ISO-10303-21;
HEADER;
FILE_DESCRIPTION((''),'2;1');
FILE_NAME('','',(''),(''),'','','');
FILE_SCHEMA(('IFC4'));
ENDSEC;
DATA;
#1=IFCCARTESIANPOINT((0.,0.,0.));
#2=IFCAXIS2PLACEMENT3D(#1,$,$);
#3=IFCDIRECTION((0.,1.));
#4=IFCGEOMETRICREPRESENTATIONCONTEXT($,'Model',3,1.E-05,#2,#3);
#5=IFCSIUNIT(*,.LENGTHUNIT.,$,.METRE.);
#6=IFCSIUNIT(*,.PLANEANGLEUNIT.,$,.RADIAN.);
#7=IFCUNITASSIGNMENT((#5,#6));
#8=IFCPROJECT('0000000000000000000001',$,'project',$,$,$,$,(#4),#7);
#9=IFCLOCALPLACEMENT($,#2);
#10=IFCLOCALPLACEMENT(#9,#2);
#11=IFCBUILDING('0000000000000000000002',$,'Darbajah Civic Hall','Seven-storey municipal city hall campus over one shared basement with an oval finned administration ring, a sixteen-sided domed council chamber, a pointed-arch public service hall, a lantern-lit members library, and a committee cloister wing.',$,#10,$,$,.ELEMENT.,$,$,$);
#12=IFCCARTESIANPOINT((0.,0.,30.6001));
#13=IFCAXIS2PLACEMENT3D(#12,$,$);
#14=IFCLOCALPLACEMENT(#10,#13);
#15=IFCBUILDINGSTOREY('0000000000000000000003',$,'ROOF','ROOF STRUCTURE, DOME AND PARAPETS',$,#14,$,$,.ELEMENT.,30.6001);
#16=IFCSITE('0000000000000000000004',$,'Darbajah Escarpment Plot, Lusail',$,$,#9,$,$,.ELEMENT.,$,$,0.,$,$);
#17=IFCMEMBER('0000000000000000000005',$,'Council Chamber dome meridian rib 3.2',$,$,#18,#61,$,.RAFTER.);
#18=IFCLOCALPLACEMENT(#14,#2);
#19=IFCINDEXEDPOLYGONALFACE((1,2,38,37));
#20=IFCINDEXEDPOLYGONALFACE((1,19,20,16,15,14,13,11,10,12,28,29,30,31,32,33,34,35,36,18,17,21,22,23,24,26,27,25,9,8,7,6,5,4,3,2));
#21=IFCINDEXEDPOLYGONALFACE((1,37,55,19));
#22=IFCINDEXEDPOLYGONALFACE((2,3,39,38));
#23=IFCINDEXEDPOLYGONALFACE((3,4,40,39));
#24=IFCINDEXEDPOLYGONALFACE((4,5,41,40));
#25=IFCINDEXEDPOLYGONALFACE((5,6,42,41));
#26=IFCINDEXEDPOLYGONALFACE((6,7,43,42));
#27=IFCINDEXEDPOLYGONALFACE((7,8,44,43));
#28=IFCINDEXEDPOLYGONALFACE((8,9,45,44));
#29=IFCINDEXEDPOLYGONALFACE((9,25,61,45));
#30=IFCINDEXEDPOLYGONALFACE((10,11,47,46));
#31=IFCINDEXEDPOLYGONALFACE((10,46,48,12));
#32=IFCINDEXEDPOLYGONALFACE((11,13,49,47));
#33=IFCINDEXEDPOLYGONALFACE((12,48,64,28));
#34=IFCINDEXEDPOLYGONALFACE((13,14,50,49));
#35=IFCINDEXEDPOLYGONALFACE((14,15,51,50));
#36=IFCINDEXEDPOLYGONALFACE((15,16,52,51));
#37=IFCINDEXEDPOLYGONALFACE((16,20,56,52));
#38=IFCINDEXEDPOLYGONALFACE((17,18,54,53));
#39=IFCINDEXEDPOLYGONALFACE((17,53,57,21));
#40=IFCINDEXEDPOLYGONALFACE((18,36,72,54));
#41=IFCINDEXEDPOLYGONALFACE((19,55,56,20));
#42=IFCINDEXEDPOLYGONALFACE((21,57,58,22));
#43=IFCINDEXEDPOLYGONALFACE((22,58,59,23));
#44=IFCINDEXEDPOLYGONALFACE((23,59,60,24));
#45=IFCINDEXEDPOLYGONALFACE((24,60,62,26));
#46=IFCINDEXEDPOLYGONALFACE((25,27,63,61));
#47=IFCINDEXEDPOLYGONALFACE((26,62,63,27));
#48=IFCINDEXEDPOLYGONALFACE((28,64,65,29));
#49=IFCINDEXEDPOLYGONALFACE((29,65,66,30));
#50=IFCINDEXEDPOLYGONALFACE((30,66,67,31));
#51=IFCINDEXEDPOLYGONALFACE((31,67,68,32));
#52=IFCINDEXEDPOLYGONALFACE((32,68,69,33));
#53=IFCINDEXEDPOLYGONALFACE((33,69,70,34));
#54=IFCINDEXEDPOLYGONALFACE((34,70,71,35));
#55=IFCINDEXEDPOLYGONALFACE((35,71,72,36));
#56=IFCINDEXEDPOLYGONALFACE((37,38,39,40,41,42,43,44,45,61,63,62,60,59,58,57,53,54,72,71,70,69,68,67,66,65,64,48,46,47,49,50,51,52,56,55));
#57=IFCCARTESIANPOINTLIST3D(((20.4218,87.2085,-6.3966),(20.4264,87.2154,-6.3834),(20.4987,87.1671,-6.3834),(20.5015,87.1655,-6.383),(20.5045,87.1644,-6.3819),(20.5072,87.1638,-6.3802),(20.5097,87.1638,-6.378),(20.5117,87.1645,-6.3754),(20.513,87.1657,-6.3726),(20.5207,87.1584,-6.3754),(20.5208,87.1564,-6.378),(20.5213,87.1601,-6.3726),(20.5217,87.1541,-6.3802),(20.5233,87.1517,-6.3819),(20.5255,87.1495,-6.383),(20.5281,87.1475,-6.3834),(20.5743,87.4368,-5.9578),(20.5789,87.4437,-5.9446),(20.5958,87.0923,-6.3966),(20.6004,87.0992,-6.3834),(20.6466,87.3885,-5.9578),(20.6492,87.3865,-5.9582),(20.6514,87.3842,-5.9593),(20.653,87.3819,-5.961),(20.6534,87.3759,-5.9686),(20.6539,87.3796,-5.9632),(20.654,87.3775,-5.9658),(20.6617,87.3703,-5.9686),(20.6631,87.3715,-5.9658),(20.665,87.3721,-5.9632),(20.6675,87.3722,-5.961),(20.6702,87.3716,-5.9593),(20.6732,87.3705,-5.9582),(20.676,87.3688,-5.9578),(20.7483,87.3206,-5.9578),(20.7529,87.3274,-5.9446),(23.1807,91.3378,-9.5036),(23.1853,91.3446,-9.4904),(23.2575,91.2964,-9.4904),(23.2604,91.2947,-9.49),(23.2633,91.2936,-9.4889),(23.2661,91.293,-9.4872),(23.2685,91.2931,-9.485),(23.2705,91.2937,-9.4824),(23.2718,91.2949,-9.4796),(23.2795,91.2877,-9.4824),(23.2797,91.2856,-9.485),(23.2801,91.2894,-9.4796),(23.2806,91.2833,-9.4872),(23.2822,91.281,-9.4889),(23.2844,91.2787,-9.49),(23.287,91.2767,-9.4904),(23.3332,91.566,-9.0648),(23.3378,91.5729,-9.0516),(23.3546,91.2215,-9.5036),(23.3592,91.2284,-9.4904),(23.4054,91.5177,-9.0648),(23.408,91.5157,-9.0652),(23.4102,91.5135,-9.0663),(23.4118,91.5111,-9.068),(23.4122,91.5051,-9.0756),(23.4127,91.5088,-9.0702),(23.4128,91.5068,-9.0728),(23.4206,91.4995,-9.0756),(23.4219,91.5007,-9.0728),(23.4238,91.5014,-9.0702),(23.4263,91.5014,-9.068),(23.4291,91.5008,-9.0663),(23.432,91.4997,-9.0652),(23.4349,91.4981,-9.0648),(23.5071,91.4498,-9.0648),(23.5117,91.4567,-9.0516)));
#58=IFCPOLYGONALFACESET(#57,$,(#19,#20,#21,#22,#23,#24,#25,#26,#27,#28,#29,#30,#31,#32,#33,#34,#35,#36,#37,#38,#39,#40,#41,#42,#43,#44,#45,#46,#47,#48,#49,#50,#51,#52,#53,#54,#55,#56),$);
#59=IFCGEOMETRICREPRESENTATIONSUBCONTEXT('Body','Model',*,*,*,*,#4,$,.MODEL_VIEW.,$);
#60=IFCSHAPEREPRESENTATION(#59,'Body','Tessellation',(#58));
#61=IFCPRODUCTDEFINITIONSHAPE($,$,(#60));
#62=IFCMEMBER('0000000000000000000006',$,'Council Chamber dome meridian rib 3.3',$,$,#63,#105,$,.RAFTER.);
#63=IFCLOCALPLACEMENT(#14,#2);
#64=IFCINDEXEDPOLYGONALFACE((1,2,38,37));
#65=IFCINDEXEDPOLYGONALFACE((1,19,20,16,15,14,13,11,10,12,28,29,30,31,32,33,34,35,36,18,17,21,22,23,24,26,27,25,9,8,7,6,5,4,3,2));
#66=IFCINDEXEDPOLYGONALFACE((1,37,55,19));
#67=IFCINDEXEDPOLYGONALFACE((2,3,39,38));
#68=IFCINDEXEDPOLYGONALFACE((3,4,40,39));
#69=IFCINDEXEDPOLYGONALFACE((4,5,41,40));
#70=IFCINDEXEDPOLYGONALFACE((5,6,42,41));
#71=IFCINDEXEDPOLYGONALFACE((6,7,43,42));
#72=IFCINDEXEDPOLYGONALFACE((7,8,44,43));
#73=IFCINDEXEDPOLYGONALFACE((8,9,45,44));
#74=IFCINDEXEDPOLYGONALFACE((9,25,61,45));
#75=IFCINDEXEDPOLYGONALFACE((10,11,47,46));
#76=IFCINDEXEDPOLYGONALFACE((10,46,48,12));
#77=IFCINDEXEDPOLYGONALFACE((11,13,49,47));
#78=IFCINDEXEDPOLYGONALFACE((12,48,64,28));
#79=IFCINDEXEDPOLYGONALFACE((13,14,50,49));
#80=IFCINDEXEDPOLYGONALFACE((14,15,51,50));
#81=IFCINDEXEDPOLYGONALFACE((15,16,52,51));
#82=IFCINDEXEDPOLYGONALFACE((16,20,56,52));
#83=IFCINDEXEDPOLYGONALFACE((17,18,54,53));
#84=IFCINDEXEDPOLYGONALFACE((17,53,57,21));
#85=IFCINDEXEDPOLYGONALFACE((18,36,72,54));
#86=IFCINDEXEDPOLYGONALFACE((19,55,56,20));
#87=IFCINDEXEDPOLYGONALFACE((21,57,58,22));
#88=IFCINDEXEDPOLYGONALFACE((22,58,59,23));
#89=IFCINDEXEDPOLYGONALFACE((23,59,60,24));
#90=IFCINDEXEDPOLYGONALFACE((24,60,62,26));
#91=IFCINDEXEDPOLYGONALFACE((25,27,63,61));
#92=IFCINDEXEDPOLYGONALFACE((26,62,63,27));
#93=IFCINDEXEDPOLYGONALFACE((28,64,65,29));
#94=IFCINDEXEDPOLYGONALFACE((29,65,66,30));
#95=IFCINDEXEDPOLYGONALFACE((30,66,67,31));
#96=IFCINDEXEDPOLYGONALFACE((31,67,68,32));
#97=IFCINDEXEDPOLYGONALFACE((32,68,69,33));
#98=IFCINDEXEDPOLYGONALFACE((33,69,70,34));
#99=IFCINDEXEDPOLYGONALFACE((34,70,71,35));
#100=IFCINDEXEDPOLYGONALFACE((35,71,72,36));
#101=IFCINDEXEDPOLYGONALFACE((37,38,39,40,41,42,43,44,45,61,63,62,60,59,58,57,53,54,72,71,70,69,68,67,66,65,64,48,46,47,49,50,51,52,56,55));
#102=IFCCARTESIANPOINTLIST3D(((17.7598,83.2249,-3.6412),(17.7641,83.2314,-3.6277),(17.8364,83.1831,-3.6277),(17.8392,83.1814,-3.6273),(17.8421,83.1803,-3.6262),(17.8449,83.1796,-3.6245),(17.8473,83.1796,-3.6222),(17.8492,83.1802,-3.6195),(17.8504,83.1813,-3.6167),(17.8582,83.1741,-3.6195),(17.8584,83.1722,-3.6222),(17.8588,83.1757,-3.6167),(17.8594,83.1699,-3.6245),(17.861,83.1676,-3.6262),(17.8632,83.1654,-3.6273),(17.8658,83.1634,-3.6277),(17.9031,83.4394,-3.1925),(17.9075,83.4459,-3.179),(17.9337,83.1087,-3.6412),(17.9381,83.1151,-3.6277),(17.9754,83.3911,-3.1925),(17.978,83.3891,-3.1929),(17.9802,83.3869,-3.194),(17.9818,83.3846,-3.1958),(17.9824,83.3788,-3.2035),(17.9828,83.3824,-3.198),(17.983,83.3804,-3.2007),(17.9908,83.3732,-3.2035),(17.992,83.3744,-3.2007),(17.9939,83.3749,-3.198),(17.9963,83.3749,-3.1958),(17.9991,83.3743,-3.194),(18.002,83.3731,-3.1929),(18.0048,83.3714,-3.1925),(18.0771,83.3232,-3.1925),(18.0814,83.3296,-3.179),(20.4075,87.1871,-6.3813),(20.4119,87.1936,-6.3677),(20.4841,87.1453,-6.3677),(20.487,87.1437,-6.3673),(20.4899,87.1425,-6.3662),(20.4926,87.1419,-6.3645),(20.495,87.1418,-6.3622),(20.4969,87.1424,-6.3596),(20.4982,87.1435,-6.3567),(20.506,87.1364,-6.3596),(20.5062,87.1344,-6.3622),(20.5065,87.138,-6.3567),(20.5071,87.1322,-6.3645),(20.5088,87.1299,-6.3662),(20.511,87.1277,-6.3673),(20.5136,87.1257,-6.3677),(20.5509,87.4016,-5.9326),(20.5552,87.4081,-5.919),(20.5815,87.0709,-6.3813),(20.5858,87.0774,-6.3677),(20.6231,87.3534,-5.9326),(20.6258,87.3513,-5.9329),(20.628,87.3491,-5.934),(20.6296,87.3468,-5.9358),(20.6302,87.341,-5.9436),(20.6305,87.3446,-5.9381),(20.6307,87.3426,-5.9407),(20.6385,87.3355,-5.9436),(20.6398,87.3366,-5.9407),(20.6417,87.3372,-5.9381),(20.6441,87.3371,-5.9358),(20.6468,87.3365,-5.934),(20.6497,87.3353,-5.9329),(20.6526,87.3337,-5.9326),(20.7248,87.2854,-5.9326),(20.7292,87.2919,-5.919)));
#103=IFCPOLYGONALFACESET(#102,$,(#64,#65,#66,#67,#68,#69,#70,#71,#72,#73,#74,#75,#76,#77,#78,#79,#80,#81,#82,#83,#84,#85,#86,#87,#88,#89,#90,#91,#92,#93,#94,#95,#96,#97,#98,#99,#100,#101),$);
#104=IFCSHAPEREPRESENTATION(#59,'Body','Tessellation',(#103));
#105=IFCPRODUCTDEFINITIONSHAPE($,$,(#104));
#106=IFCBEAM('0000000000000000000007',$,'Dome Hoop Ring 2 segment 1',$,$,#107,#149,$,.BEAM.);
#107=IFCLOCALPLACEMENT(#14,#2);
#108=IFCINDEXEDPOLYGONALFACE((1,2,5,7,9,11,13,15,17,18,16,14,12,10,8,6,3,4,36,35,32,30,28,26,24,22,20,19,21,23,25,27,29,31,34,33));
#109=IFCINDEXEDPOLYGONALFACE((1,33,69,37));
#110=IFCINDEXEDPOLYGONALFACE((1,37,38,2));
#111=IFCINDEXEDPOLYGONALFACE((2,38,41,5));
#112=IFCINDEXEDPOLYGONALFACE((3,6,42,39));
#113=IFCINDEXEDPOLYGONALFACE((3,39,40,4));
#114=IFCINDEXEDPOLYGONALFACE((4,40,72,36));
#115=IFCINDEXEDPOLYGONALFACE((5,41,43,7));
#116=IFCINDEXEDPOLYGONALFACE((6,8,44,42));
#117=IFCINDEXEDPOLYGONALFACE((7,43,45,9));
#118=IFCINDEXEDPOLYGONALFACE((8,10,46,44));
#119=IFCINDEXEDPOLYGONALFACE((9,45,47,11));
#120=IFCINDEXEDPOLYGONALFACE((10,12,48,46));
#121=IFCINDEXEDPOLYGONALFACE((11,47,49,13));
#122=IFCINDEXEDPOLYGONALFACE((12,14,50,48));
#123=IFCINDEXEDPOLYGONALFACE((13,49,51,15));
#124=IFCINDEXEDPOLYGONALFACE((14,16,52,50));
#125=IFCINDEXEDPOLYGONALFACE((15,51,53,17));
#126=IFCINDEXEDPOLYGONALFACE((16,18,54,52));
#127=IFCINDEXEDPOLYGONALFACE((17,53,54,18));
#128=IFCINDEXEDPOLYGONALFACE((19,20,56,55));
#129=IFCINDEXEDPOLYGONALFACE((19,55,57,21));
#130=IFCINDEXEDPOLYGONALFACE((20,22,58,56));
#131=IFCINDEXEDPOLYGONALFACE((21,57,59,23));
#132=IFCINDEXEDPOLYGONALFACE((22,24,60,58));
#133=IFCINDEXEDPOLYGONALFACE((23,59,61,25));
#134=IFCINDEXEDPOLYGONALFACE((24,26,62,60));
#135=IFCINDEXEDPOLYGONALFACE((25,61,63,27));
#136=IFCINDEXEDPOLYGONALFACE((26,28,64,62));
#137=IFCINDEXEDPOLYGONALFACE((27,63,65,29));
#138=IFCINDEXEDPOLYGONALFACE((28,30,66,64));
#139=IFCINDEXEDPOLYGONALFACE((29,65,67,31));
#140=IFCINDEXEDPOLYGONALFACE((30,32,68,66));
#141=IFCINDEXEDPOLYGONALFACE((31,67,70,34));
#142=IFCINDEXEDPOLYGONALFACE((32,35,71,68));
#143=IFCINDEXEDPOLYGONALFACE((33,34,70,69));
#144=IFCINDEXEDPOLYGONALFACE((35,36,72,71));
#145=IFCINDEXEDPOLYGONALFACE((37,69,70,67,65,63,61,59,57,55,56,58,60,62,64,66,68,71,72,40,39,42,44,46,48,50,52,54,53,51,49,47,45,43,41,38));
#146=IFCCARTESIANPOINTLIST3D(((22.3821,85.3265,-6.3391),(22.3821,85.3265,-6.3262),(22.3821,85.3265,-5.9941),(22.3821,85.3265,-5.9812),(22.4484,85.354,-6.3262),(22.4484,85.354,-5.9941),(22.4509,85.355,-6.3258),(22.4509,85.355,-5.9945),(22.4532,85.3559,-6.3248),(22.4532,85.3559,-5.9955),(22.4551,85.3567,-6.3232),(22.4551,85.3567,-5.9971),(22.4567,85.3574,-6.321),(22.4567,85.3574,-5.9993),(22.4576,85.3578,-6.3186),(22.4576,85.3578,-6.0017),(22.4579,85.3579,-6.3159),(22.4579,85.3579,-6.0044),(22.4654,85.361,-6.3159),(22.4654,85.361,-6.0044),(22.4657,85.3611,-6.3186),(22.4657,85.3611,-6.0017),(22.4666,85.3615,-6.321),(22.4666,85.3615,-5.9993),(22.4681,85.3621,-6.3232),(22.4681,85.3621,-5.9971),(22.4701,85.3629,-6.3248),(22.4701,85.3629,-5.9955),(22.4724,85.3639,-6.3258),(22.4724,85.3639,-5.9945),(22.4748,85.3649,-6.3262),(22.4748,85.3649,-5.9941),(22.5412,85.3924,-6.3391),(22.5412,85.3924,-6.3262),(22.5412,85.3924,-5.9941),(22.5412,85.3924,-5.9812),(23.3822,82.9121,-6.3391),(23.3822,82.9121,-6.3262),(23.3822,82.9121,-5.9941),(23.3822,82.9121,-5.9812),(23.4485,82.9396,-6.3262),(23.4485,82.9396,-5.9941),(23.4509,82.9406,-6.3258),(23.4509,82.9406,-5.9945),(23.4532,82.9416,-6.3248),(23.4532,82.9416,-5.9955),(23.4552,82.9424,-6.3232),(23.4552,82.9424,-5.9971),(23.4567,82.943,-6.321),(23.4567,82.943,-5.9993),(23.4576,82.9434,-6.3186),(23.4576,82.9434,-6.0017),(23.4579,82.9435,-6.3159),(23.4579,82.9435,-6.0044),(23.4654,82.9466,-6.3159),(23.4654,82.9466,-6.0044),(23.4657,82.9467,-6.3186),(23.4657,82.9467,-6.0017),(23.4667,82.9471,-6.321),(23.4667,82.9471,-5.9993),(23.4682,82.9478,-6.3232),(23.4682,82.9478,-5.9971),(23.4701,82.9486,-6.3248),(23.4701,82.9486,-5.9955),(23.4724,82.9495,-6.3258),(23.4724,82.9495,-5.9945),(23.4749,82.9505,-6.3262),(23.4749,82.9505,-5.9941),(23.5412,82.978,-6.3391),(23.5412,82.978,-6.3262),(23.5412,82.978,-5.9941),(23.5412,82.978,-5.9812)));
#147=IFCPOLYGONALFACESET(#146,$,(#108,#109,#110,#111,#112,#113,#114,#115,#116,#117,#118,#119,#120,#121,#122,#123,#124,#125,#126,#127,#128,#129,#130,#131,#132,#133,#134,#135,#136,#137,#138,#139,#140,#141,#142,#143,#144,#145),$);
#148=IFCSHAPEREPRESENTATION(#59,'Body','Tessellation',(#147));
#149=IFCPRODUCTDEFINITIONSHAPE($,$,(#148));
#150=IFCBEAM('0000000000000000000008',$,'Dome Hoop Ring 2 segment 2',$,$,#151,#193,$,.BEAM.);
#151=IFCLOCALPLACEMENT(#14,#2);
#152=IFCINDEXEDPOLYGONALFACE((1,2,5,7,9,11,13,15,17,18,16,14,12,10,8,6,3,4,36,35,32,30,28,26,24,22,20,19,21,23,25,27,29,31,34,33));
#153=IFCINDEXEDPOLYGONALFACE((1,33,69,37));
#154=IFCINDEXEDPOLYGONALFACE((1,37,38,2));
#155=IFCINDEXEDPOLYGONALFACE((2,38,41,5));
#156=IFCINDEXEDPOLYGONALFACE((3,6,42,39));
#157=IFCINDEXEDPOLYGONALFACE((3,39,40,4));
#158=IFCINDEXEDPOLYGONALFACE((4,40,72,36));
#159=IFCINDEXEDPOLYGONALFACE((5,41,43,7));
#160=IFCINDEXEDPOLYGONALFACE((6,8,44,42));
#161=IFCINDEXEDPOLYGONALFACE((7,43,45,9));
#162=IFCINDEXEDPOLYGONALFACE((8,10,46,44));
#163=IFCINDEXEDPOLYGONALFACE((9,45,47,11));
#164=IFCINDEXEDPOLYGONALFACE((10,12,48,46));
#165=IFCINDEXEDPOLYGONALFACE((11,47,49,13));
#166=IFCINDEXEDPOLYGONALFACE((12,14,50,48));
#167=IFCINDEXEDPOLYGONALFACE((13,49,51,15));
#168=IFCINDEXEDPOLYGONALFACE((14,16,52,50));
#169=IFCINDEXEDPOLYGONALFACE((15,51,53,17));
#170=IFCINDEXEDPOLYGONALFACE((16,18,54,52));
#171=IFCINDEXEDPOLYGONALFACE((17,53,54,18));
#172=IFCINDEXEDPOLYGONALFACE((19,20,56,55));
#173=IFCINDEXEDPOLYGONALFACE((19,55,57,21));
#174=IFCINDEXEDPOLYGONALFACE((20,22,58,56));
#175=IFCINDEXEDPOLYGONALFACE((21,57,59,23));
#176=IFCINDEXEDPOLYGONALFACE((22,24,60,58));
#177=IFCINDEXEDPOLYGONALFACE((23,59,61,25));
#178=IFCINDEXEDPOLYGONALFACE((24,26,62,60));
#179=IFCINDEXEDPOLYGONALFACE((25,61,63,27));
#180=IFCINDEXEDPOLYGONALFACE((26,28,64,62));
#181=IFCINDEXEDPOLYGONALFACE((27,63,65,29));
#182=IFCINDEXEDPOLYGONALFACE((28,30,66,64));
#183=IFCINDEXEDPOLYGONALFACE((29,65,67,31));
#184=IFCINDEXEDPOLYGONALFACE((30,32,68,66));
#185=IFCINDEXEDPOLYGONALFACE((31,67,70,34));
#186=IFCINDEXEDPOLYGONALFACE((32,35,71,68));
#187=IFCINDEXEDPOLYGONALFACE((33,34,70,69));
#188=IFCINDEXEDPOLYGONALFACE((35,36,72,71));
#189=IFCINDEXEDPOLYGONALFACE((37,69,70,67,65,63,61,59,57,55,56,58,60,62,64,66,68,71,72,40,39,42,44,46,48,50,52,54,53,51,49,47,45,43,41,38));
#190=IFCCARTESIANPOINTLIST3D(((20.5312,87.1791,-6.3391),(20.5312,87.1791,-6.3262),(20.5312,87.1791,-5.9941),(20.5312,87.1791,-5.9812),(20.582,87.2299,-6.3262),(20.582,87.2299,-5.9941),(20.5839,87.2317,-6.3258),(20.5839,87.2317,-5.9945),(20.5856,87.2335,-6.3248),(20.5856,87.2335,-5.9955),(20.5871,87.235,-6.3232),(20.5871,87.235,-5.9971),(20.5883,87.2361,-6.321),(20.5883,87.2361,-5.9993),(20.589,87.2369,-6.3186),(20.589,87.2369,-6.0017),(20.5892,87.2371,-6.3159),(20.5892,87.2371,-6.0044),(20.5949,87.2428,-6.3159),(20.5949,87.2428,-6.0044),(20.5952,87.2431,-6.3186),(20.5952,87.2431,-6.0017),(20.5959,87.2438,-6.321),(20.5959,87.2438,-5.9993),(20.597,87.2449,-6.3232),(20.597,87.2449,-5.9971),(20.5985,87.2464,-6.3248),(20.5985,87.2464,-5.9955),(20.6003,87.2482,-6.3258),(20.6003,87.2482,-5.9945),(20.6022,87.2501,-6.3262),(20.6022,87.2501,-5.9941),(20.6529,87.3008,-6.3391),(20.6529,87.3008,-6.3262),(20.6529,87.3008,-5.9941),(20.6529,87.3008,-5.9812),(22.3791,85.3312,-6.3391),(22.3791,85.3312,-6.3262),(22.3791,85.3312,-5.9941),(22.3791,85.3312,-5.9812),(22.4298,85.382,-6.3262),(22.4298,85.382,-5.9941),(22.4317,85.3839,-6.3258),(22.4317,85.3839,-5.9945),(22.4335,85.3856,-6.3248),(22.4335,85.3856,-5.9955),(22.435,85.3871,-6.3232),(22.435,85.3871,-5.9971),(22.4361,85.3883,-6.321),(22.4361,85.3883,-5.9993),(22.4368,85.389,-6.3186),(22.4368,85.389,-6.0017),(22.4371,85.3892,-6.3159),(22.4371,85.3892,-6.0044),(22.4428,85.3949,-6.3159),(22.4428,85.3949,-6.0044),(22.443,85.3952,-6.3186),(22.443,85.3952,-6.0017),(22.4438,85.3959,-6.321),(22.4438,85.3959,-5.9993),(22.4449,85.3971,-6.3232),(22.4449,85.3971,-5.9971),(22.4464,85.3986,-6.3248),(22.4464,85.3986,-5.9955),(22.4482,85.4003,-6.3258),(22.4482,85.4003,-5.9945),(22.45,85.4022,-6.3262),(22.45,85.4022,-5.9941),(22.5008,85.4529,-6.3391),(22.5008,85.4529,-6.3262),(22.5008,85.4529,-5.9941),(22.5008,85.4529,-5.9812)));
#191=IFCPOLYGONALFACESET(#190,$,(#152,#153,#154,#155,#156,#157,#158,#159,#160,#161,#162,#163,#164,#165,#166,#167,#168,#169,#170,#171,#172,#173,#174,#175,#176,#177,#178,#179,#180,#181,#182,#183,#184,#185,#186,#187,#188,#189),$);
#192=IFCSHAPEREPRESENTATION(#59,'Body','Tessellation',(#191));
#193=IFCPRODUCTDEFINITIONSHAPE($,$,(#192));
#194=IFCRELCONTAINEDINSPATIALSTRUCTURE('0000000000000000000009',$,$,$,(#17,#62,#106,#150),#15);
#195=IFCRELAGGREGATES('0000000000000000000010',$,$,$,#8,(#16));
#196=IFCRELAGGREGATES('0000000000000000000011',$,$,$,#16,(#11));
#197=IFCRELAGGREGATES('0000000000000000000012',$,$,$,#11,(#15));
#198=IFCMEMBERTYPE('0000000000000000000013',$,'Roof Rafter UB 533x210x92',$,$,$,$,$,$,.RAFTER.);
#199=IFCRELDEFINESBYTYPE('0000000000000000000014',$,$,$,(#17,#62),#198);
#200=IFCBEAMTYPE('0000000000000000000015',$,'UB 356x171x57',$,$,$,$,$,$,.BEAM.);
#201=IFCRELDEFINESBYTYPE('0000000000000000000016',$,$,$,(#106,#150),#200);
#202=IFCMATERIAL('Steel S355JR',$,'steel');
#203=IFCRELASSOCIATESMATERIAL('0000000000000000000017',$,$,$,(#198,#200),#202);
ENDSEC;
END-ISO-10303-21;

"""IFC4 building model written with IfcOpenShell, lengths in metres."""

from ifc_helpers import new_model, si_unit, direction, frame, origin, origin_2d, place, context, subcontext, project, spatial, i_section, extrude, material, material_profile, profile_set, type_object, element, save


model = new_model("IFC4")

# Units and contexts
model_context = context("Model", 3, precision=1e-05, world=origin(), true_north=direction((0.0, 1.0)))
body_context = subcontext(model_context, "Body", "Model", "MODEL_VIEW")
ifc_project = project(units=[si_unit("LENGTHUNIT", "METRE"), si_unit("PLANEANGLEUNIT", "RADIAN")], contexts=[model_context])

# Site, building, storey
site_placement = place(None, origin())
site = spatial("IfcSite", under=ifc_project, at=site_placement, Name="Darbajah Escarpment Plot, Lusail", CompositionType="ELEMENT", RefElevation=0.0)
building_placement = place(site_placement, origin())
building = spatial("IfcBuilding", under=site, at=building_placement, Name="Darbajah Civic Hall", Description="Seven-storey municipal city hall campus over one shared basement with an oval finned administration ring, a sixteen-sided domed council chamber, a pointed-arch public service hall, a lantern-lit members library, and a committee cloister wing.", CompositionType="ELEMENT")
storey_placement = place(building_placement, frame((0.0, 0.0, 30.6001)))
storey = spatial("IfcBuildingStorey", under=building, at=storey_placement, Name="ROOF", Description="ROOF STRUCTURE, DOME AND PARAPETS", CompositionType="ELEMENT", Elevation=30.6001)

# Members
ifc_material = material(Name="Steel S355JR", Category="steel")
ifc_material_profile_1 = material_profile(ifc_material, i_section(OverallWidth=0.2092, OverallDepth=0.5332, WebThickness=0.01, FlangeThickness=0.0156, FilletRadius=0.0127, at=origin_2d()), Name="UB 533x210x92")
ifc_profile_set_1 = profile_set([ifc_material_profile_1], Name="Steel S355JR")
member_type_1 = type_object("IfcMemberType", Name="Roof Rafter UB 533x210x92", PredefinedType="RAFTER", material=ifc_profile_set_1)
member_1_placement = place(storey_placement, frame((23.3462, 91.3972, -9.2776), z_axis=(-0.47096, -0.704898, 0.530392), x_axis=(0.83149, -0.555539, 0.0)))
element("IfcMember", 1, at=member_1_placement, inside=storey, type_object=member_type_1, Name="Council Chamber dome meridian rib 3.2", PredefinedType="RAFTER", context=body_context, shape_type="SweptSolid", body=[
    extrude(i_section(OverallWidth=0.2092, OverallDepth=0.5332, WebThickness=0.01, FlangeThickness=0.0156, FilletRadius=0.0127, at=origin_2d()), origin(), (0.0, 0.0, 1.0), 5.8579),
])
member_2_placement = place(storey_placement, frame((20.5684, 87.2395, -6.1501), z_axis=(-0.481667, -0.720791, 0.498455), x_axis=(0.831443, -0.55561, 0.0)))
element("IfcMember", 2, at=member_2_placement, inside=storey, type_object=member_type_1, Name="Council Chamber dome meridian rib 3.3", PredefinedType="RAFTER", context=body_context, shape_type="SweptSolid", body=[
    extrude(i_section(OverallWidth=0.2092, OverallDepth=0.5332, WebThickness=0.01, FlangeThickness=0.0156, FilletRadius=0.0127, at=origin_2d()), origin(), (0.0, 0.0, 1.0), 5.4971),
])

# Beams
ifc_material_profile_2 = material_profile(ifc_material, i_section(OverallWidth=0.1721, OverallDepth=0.3579, WebThickness=0.0081, FlangeThickness=0.0129, FilletRadius=0.0103, at=origin_2d()), Name="UB 356x171x57")
ifc_profile_set_2 = profile_set([ifc_material_profile_2], Name="Steel S355JR")
beam_type_1 = type_object("IfcBeamType", Name="UB 356x171x57", PredefinedType="BEAM", material=ifc_profile_set_2)
for number, where, z_axis, x_axis, name in (
    (3, (23.4617, 82.9451, -6.1602), (-0.382671, 0.923885, 0.0), (-0.923885, -0.382671, 0.0), "Dome Hoop Ring 2 segment 1"),
    (4, (22.4399, 85.3921, -6.1602), (-0.707107, 0.707107, 0.0), (-0.707107, -0.707107, 0.0), "Dome Hoop Ring 2 segment 2"),
):
    element("IfcBeam", number, at=place(storey_placement, frame(where, z_axis=z_axis, x_axis=x_axis)), inside=storey, type_object=beam_type_1, Name=name, PredefinedType="BEAM", context=body_context, shape_type="SweptSolid", body=[
        extrude(i_section(OverallWidth=0.1721, OverallDepth=0.3579, WebThickness=0.0081, FlangeThickness=0.0129, FilletRadius=0.0103, at=origin_2d()), origin(), (0.0, 0.0, 1.0), 2.6133),
    ])

save(model, "model.ifc")
